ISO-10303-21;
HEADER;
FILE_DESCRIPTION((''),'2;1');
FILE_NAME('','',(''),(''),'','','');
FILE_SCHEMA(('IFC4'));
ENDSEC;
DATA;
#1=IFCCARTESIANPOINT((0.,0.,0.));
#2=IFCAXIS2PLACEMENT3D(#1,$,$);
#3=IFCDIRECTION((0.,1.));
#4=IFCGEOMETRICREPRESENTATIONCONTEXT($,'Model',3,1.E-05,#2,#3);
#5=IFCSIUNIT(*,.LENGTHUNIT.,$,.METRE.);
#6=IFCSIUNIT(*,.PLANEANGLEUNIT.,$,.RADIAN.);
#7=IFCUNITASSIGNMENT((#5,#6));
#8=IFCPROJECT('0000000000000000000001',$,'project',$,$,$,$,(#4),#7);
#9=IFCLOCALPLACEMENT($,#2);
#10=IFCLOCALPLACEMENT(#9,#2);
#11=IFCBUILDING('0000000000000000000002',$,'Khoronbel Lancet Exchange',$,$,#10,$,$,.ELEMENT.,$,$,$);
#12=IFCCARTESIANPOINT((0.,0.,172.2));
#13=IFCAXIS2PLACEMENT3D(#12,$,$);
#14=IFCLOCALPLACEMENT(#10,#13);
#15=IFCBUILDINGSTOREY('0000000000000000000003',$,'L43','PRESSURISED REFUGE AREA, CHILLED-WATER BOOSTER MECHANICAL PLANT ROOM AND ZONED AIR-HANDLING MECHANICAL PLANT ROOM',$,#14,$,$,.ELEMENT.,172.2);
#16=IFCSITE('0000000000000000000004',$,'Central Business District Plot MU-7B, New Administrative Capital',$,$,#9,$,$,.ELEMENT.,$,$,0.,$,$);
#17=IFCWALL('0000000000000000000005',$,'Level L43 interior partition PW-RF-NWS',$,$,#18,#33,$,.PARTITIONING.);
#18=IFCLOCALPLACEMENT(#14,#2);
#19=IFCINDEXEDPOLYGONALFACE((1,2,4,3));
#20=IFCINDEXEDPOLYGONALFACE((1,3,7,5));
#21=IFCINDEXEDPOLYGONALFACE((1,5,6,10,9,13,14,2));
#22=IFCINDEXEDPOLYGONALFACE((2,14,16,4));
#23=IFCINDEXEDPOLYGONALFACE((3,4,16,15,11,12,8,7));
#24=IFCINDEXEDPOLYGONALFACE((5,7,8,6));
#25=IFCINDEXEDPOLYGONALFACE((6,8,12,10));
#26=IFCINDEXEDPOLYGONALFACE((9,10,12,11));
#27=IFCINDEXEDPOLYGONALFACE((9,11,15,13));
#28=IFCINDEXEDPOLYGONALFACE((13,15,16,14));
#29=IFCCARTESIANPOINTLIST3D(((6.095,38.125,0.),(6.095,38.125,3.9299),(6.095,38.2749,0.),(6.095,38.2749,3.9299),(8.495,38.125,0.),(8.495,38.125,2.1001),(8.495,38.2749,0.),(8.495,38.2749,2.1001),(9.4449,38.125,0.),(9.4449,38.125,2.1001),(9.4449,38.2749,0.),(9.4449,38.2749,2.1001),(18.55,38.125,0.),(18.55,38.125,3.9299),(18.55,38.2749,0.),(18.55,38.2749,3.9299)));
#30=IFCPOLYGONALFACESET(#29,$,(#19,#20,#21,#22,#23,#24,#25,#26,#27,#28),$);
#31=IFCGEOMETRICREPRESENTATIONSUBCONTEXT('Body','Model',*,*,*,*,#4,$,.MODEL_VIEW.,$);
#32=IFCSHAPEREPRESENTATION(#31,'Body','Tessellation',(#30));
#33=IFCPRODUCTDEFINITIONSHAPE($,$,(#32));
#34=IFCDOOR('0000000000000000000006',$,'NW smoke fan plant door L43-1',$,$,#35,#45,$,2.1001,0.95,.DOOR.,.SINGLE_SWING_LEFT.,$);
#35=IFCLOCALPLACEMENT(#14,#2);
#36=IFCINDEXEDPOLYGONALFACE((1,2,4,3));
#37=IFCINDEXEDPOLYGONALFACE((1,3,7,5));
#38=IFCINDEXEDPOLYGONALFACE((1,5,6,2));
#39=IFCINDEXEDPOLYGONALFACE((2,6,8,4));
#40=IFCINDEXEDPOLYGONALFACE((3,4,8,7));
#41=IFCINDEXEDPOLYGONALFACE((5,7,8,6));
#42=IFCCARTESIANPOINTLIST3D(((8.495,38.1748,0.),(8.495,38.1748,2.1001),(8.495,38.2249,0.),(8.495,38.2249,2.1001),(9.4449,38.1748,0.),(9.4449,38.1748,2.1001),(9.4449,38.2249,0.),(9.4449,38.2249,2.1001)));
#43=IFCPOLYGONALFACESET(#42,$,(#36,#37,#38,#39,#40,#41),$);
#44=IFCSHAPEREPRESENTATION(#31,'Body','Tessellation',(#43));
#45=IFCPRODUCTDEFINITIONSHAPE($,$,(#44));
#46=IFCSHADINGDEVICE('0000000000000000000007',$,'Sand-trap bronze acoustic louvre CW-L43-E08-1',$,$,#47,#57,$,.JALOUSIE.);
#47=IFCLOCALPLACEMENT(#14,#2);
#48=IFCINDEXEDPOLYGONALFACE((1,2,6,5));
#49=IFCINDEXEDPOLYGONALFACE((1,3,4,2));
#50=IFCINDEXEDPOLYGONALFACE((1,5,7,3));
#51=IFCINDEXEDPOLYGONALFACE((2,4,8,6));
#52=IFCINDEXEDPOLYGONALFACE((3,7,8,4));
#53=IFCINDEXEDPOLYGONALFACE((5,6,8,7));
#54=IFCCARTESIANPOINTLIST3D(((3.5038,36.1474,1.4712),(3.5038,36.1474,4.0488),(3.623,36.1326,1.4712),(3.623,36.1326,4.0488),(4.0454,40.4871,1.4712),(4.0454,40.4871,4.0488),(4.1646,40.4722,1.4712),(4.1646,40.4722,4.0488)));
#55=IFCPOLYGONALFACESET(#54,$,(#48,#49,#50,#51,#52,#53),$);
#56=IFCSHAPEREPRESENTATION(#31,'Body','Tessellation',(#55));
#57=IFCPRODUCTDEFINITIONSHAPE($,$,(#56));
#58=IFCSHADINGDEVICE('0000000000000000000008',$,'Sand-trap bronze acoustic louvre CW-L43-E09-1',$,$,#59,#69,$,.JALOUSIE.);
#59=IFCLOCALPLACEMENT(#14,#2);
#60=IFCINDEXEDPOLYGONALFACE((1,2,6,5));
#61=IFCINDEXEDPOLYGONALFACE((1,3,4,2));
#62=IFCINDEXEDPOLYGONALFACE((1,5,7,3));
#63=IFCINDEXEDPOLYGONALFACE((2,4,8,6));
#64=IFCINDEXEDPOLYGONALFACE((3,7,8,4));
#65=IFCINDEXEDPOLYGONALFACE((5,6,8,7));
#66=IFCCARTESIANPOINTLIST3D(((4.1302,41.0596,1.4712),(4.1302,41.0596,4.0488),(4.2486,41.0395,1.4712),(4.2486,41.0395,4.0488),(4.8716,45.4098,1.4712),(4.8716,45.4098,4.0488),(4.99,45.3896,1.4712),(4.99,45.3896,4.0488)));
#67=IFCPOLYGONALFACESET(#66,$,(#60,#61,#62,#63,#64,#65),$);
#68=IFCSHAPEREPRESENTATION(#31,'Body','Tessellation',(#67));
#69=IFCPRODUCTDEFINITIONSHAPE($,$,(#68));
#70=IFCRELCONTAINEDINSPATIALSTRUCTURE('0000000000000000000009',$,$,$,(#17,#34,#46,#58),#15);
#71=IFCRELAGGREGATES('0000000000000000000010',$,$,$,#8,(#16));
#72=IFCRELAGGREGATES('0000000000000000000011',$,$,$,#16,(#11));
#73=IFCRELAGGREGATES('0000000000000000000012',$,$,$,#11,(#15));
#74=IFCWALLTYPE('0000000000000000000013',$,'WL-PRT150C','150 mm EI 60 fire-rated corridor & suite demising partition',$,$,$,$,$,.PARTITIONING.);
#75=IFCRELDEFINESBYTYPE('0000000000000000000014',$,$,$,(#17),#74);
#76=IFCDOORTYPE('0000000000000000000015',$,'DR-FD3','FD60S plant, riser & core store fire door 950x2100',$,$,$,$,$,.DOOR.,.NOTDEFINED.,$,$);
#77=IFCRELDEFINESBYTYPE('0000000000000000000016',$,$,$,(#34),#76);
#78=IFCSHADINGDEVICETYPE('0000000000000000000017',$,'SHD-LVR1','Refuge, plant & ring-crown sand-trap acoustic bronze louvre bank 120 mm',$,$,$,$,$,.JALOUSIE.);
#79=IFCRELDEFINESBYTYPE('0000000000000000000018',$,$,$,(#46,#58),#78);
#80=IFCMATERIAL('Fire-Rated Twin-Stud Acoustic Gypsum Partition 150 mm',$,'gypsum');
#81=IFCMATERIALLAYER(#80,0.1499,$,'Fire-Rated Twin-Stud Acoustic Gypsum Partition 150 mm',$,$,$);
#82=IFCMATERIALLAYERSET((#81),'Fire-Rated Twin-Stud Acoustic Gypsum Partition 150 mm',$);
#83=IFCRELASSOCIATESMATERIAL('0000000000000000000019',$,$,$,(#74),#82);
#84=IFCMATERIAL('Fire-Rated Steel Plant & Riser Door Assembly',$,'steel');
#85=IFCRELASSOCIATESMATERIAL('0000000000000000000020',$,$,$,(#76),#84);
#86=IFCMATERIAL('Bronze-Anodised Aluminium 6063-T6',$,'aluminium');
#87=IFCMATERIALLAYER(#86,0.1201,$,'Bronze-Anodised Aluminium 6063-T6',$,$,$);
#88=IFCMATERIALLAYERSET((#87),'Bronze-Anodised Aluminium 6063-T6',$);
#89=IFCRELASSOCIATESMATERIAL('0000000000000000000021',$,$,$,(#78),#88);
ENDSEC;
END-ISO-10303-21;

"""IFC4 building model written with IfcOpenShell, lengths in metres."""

from ifc_helpers import new_model, si_unit, direction, frame, frame_2d, origin, origin_2d, place, context, subcontext, project, spatial, rectangle, extrude, material, layer, layer_set, type_object, element, fill, save


model = new_model("IFC4")

# Units and contexts
model_context = context("Model", 3, precision=1e-05, world=origin(), true_north=direction((0.0, 1.0)))
body_context = subcontext(model_context, "Body", "Model", "MODEL_VIEW")
ifc_project = project(units=[si_unit("LENGTHUNIT", "METRE"), si_unit("PLANEANGLEUNIT", "RADIAN")], contexts=[model_context])

# Site, building, storey
site_placement = place(None, origin())
site = spatial("IfcSite", under=ifc_project, at=site_placement, Name="Central Business District Plot MU-7B, New Administrative Capital", CompositionType="ELEMENT", RefElevation=0.0)
building_placement = place(site_placement, origin())
building = spatial("IfcBuilding", under=site, at=building_placement, Name="Khoronbel Lancet Exchange", CompositionType="ELEMENT")
storey_placement = place(building_placement, frame((0.0, 0.0, 172.2)))
storey = spatial("IfcBuildingStorey", under=building, at=storey_placement, Name="L43", Description="PRESSURISED REFUGE AREA, CHILLED-WATER BOOSTER MECHANICAL PLANT ROOM AND ZONED AIR-HANDLING MECHANICAL PLANT ROOM", CompositionType="ELEMENT", Elevation=172.2)

# Shared definitions
ifc_material_1 = material(Name="Bronze-Anodised Aluminium 6063-T6", Category="aluminium")

# Shared definitions
ifc_material_2 = material(Name="Fire-Rated Twin-Stud Acoustic Gypsum Partition 150 mm", Category="gypsum")
ifc_layer_1 = layer(ifc_material_2, 0.1499, Name="Fire-Rated Twin-Stud Acoustic Gypsum Partition 150 mm")
ifc_layer_set_1 = layer_set([ifc_layer_1], Name="Fire-Rated Twin-Stud Acoustic Gypsum Partition 150 mm")
wall_type_1 = type_object("IfcWallType", Name="WL-PRT150C", Description="150 mm EI 60 fire-rated corridor & suite demising partition", PredefinedType="PARTITIONING", material=ifc_layer_set_1)

# Wall, opening, door
wall_1_placement = place(storey_placement, frame((6.095, 38.2, 0.0), z_axis=(0.0, 0.0, 1.0), x_axis=(1.0, 0.0, 0.0)))
wall_1 = element("IfcWall", 1, at=wall_1_placement, inside=storey, type_object=wall_type_1, Name="Level L43 interior partition PW-RF-NWS", PredefinedType="PARTITIONING", context=body_context, shape_type="SweptSolid", body=[
    extrude(rectangle(XDim=12.4551, YDim=0.1499, at=frame_2d((6.2275, 0.0))), origin(), (0.0, 0.0, 1.0), 3.9299),
])
opening_1_placement = place(wall_1_placement, frame((2.3999, 0.0, 0.0)))
opening_1 = element("IfcOpeningElement", 2, at=opening_1_placement, cuts=wall_1, PredefinedType="OPENING", context=body_context, shape_type="SweptSolid", body=[
    extrude(rectangle(XDim=0.95, YDim=2.1001, at=frame_2d((0.4751, 1.05))), frame((0.0, 0.085, 0.0), z_axis=(0.0, -1.0, 0.0), x_axis=(1.0, 0.0, 0.0)), (0.0, 0.0, 1.0), 0.1699),
])
ifc_material_3 = material(Name="Fire-Rated Steel Plant & Riser Door Assembly", Category="steel")
door_type_1 = type_object("IfcDoorType", Name="DR-FD3", Description="FD60S plant, riser & core store fire door 950x2100", OperationType="NOTDEFINED", PredefinedType="DOOR", material=ifc_material_3)
door_1_placement = place(opening_1_placement, origin())
door_1 = element("IfcDoor", 3, at=door_1_placement, inside=storey, type_object=door_type_1, Name="NW smoke fan plant door L43-1", OperationType="SINGLE_SWING_LEFT", OverallHeight=2.1001, OverallWidth=0.95, PredefinedType="DOOR", context=body_context, shape_type="SweptSolid", body=[
    extrude(rectangle(XDim=0.95, YDim=2.1001, at=frame_2d((0.4751, 1.05))), frame((0.0, 0.0249, 0.0), z_axis=(0.0, -1.0, 0.0), x_axis=(1.0, 0.0, 0.0)), (0.0, 0.0, 1.0), 0.05),
])
fill(opening_1, door_1)

# Shading devices
ifc_layer_2 = layer(ifc_material_1, 0.1201, Name="Bronze-Anodised Aluminium 6063-T6")
ifc_layer_set_2 = layer_set([ifc_layer_2], Name="Bronze-Anodised Aluminium 6063-T6")
shading_device_type = type_object("IfcShadingDeviceType", Name="SHD-LVR1", Description="Refuge, plant & ring-crown sand-trap acoustic bronze louvre bank 120 mm", PredefinedType="JALOUSIE", material=ifc_layer_set_2)
shading_device_1_placement = place(storey_placement, frame((3.8342, 38.3098, 1.4712), z_axis=(0.0, 0.0, 1.0), x_axis=(0.123838, 0.992302, 0.0)))
element("IfcShadingDevice", 4, at=shading_device_1_placement, inside=storey, type_object=shading_device_type, Name="Sand-trap bronze acoustic louvre CW-L43-E08-1", PredefinedType="JALOUSIE", context=body_context, shape_type="SweptSolid", body=[
    extrude(rectangle(XDim=4.3733, YDim=0.1201, at=origin_2d()), origin(), (0.0, 0.0, 1.0), 2.5776),
])
shading_device_2_placement = place(storey_placement, frame((4.5601, 43.2246, 1.4712), z_axis=(0.0, 0.0, 1.0), x_axis=(0.168009, 0.985785, 0.0)))
element("IfcShadingDevice", 5, at=shading_device_2_placement, inside=storey, type_object=shading_device_type, Name="Sand-trap bronze acoustic louvre CW-L43-E09-1", PredefinedType="JALOUSIE", context=body_context, shape_type="SweptSolid", body=[
    extrude(rectangle(XDim=4.4128, YDim=0.1201, at=origin_2d()), origin(), (0.0, 0.0, 1.0), 2.5776),
])

save(model, "model.ifc")
